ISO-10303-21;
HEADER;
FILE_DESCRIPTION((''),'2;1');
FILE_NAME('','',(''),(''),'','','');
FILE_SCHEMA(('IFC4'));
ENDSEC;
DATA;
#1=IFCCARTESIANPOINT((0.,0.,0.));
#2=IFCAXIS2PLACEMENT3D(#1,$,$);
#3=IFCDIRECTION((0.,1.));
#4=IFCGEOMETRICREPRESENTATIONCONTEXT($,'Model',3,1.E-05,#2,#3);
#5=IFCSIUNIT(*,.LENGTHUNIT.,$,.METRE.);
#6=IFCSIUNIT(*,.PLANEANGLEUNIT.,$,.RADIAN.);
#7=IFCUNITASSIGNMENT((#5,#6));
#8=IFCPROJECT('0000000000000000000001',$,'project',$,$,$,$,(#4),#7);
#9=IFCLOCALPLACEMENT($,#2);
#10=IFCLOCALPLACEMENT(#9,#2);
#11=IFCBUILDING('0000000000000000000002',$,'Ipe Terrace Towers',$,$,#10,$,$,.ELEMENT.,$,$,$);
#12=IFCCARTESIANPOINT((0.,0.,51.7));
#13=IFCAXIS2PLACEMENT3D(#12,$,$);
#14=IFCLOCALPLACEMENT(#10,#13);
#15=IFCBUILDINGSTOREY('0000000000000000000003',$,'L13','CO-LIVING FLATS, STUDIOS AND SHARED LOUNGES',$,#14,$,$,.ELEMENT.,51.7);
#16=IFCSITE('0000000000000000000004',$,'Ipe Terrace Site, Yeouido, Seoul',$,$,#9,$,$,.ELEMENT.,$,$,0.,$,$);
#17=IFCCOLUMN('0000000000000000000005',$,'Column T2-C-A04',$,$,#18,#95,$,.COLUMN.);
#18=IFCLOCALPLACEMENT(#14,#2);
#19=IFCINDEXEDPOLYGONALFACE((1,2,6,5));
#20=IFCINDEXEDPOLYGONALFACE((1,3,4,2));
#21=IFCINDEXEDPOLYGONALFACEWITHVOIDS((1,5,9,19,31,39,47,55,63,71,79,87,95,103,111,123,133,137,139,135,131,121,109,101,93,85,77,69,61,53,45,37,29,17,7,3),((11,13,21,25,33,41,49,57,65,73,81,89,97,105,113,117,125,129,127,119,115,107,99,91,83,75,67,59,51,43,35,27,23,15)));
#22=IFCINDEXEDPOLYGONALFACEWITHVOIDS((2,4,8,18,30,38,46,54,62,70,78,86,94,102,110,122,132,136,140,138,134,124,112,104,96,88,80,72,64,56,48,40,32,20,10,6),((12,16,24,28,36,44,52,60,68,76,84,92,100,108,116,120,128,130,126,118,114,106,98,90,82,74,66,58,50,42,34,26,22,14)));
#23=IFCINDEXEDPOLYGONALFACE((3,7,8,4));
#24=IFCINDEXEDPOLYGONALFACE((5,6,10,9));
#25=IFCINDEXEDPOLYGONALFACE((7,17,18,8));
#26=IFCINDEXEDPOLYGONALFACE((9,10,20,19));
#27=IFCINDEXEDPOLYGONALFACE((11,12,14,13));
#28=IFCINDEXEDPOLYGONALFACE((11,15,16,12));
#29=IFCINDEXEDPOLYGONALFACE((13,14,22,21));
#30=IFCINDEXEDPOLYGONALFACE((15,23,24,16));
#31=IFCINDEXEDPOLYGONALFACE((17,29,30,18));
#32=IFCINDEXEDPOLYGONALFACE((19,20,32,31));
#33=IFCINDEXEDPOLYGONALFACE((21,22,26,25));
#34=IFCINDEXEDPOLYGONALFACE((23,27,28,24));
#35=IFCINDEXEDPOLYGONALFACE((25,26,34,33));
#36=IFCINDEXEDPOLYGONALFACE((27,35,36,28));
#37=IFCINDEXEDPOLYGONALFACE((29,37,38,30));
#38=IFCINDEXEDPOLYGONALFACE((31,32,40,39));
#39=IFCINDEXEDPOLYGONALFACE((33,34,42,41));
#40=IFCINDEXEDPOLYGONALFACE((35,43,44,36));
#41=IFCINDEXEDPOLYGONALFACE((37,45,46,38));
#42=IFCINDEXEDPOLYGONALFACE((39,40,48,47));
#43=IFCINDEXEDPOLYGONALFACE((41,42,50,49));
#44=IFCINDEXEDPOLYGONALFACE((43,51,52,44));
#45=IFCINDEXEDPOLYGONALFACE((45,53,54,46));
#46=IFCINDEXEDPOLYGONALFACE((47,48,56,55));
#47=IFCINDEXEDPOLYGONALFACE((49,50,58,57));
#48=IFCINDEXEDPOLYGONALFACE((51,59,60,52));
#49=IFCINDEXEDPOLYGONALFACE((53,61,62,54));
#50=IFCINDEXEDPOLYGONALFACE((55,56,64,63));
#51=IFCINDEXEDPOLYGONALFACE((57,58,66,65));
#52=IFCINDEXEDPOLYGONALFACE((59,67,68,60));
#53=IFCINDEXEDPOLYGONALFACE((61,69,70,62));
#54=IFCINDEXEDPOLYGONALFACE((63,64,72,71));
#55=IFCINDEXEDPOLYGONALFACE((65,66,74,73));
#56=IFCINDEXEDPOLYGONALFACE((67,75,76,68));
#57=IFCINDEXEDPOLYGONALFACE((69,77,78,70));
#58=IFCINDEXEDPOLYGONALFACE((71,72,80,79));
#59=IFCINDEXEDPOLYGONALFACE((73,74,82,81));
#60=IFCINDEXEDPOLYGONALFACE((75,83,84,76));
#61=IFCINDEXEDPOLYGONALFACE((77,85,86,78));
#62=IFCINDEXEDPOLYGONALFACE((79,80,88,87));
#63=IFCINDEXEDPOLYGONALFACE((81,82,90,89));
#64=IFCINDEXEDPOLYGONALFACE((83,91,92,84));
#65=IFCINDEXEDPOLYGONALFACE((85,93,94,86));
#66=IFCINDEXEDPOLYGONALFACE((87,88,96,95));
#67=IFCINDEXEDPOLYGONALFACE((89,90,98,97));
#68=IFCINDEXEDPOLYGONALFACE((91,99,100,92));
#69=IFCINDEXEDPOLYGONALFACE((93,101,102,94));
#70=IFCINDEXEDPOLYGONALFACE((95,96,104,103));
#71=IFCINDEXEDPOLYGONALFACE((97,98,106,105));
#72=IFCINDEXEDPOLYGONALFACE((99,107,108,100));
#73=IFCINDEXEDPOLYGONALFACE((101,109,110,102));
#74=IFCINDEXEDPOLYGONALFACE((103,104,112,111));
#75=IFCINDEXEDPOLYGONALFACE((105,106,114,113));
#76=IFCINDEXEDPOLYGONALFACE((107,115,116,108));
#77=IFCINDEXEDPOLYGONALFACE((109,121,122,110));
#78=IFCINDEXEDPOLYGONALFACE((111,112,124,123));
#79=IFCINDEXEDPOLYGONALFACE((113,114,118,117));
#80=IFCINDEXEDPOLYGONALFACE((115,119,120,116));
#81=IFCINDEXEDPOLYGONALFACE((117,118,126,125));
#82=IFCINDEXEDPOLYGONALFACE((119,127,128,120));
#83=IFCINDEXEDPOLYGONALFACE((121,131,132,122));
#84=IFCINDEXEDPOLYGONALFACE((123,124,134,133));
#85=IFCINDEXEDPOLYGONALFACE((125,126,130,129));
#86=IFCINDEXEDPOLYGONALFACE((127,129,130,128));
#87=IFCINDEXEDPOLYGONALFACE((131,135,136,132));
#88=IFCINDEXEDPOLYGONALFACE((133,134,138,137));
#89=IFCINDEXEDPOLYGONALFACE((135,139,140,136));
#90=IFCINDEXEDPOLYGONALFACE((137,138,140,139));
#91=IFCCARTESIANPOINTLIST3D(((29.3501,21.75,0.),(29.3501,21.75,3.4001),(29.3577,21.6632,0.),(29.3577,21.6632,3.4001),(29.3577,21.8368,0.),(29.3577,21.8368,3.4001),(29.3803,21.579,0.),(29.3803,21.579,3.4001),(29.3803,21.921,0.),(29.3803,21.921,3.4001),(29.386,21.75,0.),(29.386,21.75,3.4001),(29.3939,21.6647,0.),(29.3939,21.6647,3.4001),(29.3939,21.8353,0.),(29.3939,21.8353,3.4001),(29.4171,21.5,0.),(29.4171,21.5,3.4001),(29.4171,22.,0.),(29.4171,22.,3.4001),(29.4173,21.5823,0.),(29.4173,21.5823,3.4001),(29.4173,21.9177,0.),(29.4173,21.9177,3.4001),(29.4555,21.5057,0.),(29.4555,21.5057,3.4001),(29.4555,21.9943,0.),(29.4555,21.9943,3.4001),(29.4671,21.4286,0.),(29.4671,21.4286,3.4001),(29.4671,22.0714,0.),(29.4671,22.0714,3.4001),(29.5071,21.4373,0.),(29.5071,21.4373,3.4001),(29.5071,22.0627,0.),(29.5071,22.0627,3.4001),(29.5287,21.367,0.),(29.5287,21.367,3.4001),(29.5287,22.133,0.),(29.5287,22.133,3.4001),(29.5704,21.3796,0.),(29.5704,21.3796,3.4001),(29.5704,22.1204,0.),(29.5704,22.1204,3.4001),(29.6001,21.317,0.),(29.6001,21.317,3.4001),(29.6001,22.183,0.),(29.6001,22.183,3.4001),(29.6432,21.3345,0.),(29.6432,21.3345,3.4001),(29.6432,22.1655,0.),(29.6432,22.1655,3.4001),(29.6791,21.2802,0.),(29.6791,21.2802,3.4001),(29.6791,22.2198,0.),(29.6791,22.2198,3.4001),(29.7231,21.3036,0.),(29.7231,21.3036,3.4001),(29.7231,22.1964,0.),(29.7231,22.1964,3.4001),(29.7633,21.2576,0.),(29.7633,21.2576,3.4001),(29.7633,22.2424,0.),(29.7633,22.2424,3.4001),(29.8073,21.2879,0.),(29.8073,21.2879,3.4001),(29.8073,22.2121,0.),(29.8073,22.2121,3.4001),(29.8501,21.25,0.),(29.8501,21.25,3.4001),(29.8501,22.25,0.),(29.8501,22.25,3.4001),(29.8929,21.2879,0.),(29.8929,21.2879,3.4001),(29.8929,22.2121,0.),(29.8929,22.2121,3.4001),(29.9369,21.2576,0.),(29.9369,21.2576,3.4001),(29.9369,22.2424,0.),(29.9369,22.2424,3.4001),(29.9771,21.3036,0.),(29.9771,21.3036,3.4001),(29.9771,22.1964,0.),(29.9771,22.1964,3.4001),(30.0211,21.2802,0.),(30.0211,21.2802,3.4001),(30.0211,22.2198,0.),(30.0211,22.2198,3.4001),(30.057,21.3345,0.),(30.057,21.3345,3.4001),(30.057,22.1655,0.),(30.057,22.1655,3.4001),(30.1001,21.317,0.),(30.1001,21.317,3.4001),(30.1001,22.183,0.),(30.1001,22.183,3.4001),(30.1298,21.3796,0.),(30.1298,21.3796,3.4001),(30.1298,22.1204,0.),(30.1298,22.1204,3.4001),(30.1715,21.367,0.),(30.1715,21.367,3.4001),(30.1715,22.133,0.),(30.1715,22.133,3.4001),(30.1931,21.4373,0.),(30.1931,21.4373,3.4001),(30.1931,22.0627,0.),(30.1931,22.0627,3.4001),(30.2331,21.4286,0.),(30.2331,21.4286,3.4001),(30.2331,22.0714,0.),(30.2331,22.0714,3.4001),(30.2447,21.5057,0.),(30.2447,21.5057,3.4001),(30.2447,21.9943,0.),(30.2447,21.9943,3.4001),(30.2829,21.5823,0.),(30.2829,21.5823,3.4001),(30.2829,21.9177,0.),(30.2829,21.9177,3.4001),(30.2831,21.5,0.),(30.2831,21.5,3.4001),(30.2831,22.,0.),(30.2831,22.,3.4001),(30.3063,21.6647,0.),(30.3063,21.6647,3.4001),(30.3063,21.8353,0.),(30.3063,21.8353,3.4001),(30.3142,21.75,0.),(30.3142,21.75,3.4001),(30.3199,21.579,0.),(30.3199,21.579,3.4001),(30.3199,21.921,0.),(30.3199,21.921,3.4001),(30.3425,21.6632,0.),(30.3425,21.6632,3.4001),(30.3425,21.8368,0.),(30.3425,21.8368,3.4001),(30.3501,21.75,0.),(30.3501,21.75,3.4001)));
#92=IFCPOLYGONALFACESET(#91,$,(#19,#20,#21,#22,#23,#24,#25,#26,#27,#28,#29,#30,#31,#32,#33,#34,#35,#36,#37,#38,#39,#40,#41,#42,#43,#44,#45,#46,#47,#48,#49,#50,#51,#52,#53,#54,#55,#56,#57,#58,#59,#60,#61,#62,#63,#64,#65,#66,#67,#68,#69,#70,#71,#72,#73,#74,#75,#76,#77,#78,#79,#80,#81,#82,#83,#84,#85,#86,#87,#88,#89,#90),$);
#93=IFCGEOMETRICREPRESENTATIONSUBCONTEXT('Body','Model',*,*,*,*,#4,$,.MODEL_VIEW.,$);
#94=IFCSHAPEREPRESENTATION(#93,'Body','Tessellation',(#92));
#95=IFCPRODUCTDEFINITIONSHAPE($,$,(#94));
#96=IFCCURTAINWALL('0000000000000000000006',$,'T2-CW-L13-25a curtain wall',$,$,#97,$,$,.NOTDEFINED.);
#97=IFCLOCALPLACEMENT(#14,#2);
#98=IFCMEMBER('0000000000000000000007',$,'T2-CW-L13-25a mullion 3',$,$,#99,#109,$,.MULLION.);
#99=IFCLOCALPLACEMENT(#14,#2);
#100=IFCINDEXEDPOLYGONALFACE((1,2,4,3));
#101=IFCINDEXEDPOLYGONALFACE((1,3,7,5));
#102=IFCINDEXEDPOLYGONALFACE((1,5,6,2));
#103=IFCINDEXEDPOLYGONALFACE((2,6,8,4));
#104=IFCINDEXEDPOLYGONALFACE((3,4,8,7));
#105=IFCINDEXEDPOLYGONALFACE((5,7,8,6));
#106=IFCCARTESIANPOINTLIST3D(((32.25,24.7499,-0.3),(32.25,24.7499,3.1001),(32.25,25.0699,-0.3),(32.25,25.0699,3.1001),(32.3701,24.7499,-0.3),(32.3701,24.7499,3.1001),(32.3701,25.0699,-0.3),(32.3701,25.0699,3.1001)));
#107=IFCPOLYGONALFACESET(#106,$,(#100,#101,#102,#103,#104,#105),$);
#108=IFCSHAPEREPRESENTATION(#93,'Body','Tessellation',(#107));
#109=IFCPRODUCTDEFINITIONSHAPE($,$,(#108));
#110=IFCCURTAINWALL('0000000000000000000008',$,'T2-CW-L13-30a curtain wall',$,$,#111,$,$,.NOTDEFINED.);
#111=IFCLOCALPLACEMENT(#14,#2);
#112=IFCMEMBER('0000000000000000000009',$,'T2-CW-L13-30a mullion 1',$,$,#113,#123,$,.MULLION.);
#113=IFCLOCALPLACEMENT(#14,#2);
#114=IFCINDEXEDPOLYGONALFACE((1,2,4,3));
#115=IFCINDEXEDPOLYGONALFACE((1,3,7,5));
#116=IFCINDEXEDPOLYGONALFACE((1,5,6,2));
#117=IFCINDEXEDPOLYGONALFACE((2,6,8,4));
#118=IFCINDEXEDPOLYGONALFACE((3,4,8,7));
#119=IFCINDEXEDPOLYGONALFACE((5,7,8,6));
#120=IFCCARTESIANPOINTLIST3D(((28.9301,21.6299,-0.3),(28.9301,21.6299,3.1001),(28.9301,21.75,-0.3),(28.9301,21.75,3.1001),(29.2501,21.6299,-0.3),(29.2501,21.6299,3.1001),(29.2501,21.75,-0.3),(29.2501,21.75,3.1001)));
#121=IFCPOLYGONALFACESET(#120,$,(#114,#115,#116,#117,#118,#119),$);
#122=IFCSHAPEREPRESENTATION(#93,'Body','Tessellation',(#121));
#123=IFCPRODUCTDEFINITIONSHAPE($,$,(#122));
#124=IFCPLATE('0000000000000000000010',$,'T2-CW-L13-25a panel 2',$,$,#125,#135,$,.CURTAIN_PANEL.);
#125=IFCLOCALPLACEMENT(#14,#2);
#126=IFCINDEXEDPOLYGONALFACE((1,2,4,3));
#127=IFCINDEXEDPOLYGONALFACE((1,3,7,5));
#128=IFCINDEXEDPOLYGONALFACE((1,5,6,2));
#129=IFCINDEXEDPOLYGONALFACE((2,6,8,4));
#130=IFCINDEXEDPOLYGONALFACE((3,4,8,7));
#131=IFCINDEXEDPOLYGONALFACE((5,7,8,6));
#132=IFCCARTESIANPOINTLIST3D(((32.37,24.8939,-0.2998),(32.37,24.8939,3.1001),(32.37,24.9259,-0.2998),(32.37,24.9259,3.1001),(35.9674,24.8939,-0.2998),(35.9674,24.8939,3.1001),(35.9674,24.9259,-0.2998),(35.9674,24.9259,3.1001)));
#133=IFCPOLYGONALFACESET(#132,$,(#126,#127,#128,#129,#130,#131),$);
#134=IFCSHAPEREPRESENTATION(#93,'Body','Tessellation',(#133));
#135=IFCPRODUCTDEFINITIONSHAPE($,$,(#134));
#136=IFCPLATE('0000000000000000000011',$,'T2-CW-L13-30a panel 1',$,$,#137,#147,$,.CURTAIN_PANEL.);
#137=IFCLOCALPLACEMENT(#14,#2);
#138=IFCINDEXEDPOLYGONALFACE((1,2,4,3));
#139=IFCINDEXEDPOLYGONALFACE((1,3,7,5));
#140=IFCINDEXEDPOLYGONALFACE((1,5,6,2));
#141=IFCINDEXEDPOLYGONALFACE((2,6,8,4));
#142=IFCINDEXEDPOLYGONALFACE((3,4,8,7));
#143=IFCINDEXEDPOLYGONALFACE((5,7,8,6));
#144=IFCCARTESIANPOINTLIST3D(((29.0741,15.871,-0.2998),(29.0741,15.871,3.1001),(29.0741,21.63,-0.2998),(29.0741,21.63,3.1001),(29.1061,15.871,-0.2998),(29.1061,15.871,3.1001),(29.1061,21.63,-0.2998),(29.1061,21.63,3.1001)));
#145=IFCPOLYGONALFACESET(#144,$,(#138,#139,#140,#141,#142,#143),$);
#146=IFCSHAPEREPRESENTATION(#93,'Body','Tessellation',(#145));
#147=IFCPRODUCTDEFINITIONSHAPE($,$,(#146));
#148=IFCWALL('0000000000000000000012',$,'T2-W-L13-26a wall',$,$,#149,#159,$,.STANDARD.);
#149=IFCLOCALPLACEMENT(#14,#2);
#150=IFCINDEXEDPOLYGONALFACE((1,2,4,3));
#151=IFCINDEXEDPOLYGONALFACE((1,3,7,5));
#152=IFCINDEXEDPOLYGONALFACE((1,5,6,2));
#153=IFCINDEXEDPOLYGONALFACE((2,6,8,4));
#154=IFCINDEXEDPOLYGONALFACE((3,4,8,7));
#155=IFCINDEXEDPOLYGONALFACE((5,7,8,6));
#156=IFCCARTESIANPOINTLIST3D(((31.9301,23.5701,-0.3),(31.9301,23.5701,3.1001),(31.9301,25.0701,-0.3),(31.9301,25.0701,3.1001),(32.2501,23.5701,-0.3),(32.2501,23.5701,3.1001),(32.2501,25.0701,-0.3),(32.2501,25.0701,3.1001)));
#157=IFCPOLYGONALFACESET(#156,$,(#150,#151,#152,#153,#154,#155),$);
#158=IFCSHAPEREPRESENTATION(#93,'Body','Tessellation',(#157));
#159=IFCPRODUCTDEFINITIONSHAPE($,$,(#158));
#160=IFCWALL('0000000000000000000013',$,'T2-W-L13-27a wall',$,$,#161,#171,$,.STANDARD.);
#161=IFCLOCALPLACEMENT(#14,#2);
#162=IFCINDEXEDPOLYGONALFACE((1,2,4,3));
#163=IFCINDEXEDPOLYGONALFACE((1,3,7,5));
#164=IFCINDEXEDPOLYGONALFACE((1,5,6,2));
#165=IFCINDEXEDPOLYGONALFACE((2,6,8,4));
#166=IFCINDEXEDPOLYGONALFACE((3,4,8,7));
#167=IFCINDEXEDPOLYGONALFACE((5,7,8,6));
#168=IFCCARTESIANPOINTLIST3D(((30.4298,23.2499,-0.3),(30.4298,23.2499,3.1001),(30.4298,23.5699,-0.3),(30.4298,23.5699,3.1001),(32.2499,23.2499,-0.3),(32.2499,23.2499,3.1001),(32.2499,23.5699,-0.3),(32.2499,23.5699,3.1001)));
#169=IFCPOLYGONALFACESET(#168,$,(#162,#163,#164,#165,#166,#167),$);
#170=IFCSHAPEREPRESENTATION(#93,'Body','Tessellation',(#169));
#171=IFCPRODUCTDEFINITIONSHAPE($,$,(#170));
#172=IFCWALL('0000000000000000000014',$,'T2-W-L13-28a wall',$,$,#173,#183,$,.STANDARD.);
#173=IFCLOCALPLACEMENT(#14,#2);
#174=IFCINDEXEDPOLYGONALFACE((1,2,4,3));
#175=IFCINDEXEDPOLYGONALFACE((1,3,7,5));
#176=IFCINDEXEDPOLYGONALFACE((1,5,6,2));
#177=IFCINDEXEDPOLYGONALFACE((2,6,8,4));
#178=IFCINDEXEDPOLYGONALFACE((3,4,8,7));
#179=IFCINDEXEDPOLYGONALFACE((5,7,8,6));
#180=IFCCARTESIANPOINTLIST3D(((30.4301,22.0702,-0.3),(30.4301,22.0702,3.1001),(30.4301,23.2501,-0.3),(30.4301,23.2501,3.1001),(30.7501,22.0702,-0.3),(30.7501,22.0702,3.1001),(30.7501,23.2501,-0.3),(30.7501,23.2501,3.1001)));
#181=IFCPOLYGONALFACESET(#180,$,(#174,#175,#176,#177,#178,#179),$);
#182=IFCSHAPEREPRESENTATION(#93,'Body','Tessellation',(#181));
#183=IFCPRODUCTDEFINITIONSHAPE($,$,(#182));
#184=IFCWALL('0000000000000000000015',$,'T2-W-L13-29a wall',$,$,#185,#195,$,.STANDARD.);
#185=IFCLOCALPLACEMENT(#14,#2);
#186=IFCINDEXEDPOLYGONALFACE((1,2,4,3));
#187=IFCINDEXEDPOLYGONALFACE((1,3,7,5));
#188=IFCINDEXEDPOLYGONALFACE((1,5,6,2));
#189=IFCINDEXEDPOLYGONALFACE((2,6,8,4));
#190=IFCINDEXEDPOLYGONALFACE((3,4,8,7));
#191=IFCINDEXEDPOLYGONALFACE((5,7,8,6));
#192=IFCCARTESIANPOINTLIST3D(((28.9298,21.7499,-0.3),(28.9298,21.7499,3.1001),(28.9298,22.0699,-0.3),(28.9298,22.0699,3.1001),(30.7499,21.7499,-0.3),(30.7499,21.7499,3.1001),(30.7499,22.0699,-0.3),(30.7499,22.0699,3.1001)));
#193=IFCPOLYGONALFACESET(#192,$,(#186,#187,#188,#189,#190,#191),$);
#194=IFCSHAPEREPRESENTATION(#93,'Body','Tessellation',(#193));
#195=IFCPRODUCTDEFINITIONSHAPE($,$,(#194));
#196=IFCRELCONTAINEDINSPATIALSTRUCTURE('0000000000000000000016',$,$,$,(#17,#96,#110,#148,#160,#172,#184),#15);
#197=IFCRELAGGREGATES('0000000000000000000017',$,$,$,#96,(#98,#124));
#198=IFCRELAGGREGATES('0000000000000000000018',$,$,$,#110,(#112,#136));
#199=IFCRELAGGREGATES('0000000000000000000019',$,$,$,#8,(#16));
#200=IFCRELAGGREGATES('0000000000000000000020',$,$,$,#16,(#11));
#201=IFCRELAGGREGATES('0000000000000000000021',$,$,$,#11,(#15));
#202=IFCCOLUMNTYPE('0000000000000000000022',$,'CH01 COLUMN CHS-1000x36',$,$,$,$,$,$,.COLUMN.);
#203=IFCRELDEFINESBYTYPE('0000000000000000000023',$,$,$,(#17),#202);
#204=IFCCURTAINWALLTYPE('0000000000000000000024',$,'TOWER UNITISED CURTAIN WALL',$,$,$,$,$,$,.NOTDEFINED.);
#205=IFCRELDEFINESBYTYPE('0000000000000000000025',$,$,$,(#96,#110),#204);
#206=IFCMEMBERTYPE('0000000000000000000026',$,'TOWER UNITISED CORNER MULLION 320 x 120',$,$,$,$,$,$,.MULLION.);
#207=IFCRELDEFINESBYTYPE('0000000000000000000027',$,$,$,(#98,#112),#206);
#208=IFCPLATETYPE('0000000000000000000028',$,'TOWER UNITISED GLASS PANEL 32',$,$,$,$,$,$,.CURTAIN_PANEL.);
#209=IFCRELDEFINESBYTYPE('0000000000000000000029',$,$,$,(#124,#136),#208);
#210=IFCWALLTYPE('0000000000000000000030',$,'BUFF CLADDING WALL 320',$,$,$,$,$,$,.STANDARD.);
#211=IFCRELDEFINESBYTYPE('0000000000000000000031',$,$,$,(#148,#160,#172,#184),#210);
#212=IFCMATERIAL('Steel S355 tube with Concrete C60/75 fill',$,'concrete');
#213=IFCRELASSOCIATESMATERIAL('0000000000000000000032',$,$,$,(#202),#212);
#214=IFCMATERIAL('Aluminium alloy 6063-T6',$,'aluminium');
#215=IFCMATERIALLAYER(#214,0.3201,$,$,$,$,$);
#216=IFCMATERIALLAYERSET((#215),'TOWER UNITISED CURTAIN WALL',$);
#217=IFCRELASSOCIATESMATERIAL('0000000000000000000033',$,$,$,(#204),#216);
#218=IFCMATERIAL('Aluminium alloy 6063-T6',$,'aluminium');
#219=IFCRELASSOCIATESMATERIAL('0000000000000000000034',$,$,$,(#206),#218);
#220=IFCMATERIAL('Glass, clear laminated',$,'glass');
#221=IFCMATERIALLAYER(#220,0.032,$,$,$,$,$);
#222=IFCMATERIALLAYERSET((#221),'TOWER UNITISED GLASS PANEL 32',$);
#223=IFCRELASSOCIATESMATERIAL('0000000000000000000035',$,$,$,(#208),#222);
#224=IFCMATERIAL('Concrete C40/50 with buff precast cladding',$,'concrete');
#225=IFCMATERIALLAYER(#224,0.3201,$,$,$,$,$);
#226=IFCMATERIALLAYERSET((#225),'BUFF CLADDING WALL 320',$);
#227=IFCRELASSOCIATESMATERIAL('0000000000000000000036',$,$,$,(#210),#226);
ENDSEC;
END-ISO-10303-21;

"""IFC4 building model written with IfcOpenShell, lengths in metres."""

from ifc_helpers import new_model, si_unit, direction, frame, frame_2d, origin, origin_2d, place, context, subcontext, project, spatial, rectangle, hollow_circle, extrude, material, layer, layer_set, material_profile, profile_set, type_object, element, aggregate, save


model = new_model("IFC4")

# Units and contexts
model_context = context("Model", 3, precision=1e-05, world=origin(), true_north=direction((0.0, 1.0)))
body_context = subcontext(model_context, "Body", "Model", "MODEL_VIEW")
ifc_project = project(units=[si_unit("LENGTHUNIT", "METRE"), si_unit("PLANEANGLEUNIT", "RADIAN")], contexts=[model_context])

# Site, building, storey
site_placement = place(None, origin())
site = spatial("IfcSite", under=ifc_project, at=site_placement, Name="Ipe Terrace Site, Yeouido, Seoul", CompositionType="ELEMENT", RefElevation=0.0)
building_placement = place(site_placement, origin())
building = spatial("IfcBuilding", under=site, at=building_placement, Name="Ipe Terrace Towers", CompositionType="ELEMENT")
storey_placement = place(building_placement, frame((0.0, 0.0, 51.7)))
storey = spatial("IfcBuildingStorey", under=building, at=storey_placement, Name="L13", Description="CO-LIVING FLATS, STUDIOS AND SHARED LOUNGES", CompositionType="ELEMENT", Elevation=51.7)

# Column
ifc_material_1 = material(Name="Steel S355 tube with Concrete C60/75 fill", Category="concrete")
ifc_material_profile_1 = material_profile(ifc_material_1, hollow_circle(Radius=0.5, WallThickness=0.0359, at=origin_2d()), Name="CHS-1000x36")
ifc_profile_set_1 = profile_set([ifc_material_profile_1], Name="Steel S355 tube with Concrete C60/75 fill")
column_type = type_object("IfcColumnType", Name="CH01 COLUMN CHS-1000x36", PredefinedType="COLUMN", material=ifc_profile_set_1)
column_placement = place(storey_placement, frame((29.8501, 21.75, 0.0), z_axis=(0.0, 0.0, 1.0), x_axis=(1.0, 0.0, 0.0)))
element("IfcColumn", 1, at=column_placement, inside=storey, type_object=column_type, Name="Column T2-C-A04", PredefinedType="COLUMN", context=body_context, shape_type="SweptSolid", body=[
    extrude(hollow_circle(Radius=0.5, WallThickness=0.0359, at=origin_2d()), origin(), (0.0, 0.0, 1.0), 3.4001),
])

# Curtain walls, members
ifc_material_2 = material(Name="Aluminium alloy 6063-T6", Category="aluminium")
ifc_layer_1 = layer(ifc_material_2, 0.3201)
ifc_layer_set_1 = layer_set([ifc_layer_1], Name="TOWER UNITISED CURTAIN WALL")
curtain_wall_type = type_object("IfcCurtainWallType", Name="TOWER UNITISED CURTAIN WALL", PredefinedType="NOTDEFINED", material=ifc_layer_set_1)
curtain_wall_1_placement = place(storey_placement, origin())
curtain_wall_1 = element("IfcCurtainWall", 2, at=curtain_wall_1_placement, inside=storey, type_object=curtain_wall_type, Name="T2-CW-L13-25a curtain wall", PredefinedType="NOTDEFINED")
ifc_material_3 = material(Name="Aluminium alloy 6063-T6", Category="aluminium")
ifc_material_profile_2 = material_profile(ifc_material_3, rectangle(XDim=0.3201, YDim=0.1201, at=origin_2d()), Name="TOWER UNITISED CORNER MULLION 320 x 120")
ifc_profile_set_2 = profile_set([ifc_material_profile_2], Name="Aluminium alloy 6063-T6")
member_type = type_object("IfcMemberType", Name="TOWER UNITISED CORNER MULLION 320 x 120", PredefinedType="MULLION", material=ifc_profile_set_2)
member_1_placement = place(storey_placement, frame((32.3101, 24.9099, -0.3), z_axis=(0.0, 0.0, 1.0), x_axis=(0.0, 1.0, 0.0)))
member_1 = element("IfcMember", 3, at=member_1_placement, type_object=member_type, Name="T2-CW-L13-25a mullion 3", PredefinedType="MULLION", context=body_context, shape_type="SweptSolid", body=[
    extrude(rectangle(XDim=0.3201, YDim=0.1201, at=origin_2d()), origin(), (0.0, 0.0, 1.0), 3.4001),
])
curtain_wall_2_placement = place(storey_placement, origin())
curtain_wall_2 = element("IfcCurtainWall", 4, at=curtain_wall_2_placement, inside=storey, type_object=curtain_wall_type, Name="T2-CW-L13-30a curtain wall", PredefinedType="NOTDEFINED")
member_2_placement = place(storey_placement, frame((29.0901, 21.6899, -0.3), z_axis=(0.0, 0.0, 1.0), x_axis=(-1.0, 0.0, 0.0)))
member_2 = element("IfcMember", 5, at=member_2_placement, type_object=member_type, Name="T2-CW-L13-30a mullion 1", PredefinedType="MULLION", context=body_context, shape_type="SweptSolid", body=[
    extrude(rectangle(XDim=0.3201, YDim=0.1201, at=origin_2d()), origin(), (0.0, 0.0, 1.0), 3.4001),
])

# Plates
ifc_material_4 = material(Name="Glass, clear laminated", Category="glass")
ifc_layer_2 = layer(ifc_material_4, 0.032)
ifc_layer_set_2 = layer_set([ifc_layer_2], Name="TOWER UNITISED GLASS PANEL 32")
plate_type = type_object("IfcPlateType", Name="TOWER UNITISED GLASS PANEL 32", PredefinedType="CURTAIN_PANEL", material=ifc_layer_set_2)
plate_1_placement = place(storey_placement, frame((34.1687, 24.9099, -0.2998), z_axis=(0.0, 0.0, 1.0), x_axis=(-1.0, 0.0, 0.0)))
plate_1 = element("IfcPlate", 6, at=plate_1_placement, type_object=plate_type, Name="T2-CW-L13-25a panel 2", PredefinedType="CURTAIN_PANEL", context=body_context, shape_type="SweptSolid", body=[
    extrude(rectangle(XDim=3.5974, YDim=0.032, at=origin_2d()), origin(), (0.0, 0.0, 1.0), 3.3999),
])
aggregate(curtain_wall_1, [member_1, plate_1])
plate_2_placement = place(storey_placement, frame((29.0901, 18.7505, -0.2998), z_axis=(0.0, 0.0, 1.0), x_axis=(0.0, -1.0, 0.0)))
plate_2 = element("IfcPlate", 7, at=plate_2_placement, type_object=plate_type, Name="T2-CW-L13-30a panel 1", PredefinedType="CURTAIN_PANEL", context=body_context, shape_type="SweptSolid", body=[
    extrude(rectangle(XDim=5.759, YDim=0.032, at=origin_2d()), origin(), (0.0, 0.0, 1.0), 3.3999),
])
aggregate(curtain_wall_2, [member_2, plate_2])

# Walls
ifc_material_5 = material(Name="Concrete C40/50 with buff precast cladding", Category="concrete")
ifc_layer_3 = layer(ifc_material_5, 0.3201)
ifc_layer_set_3 = layer_set([ifc_layer_3], Name="BUFF CLADDING WALL 320")
wall_type_1 = type_object("IfcWallType", Name="BUFF CLADDING WALL 320", PredefinedType="STANDARD", material=ifc_layer_set_3)
wall_1_placement = place(storey_placement, frame((32.0901, 25.0701, -0.3), z_axis=(0.0, 0.0, 1.0), x_axis=(0.0, -1.0, 0.0)))
element("IfcWall", 8, at=wall_1_placement, inside=storey, type_object=wall_type_1, Name="T2-W-L13-26a wall", PredefinedType="STANDARD", context=body_context, shape_type="SweptSolid", body=[
    extrude(rectangle(XDim=1.5, YDim=0.3201, at=frame_2d((0.75, 0.0))), origin(), (0.0, 0.0, 1.0), 3.4001),
])
wall_2_placement = place(storey_placement, frame((32.25, 23.4099, -0.3), z_axis=(0.0, 0.0, 1.0), x_axis=(-1.0, 0.0, 0.0)))
element("IfcWall", 9, at=wall_2_placement, inside=storey, type_object=wall_type_1, Name="T2-W-L13-27a wall", PredefinedType="STANDARD", context=body_context, shape_type="SweptSolid", body=[
    extrude(rectangle(XDim=1.8201, YDim=0.3201, at=frame_2d((0.9102, 0.0))), origin(), (0.0, 0.0, 1.0), 3.4001),
])
wall_3_placement = place(storey_placement, frame((30.5901, 23.25, -0.3), z_axis=(0.0, 0.0, 1.0), x_axis=(0.0, -1.0, 0.0)))
element("IfcWall", 10, at=wall_3_placement, inside=storey, type_object=wall_type_1, Name="T2-W-L13-28a wall", PredefinedType="STANDARD", context=body_context, shape_type="SweptSolid", body=[
    extrude(rectangle(XDim=1.1799, YDim=0.3201, at=frame_2d((0.5898, 0.0))), origin(), (0.0, 0.0, 1.0), 3.4001),
])
wall_4_placement = place(storey_placement, frame((30.75, 21.9099, -0.3), z_axis=(0.0, 0.0, 1.0), x_axis=(-1.0, 0.0, 0.0)))
element("IfcWall", 11, at=wall_4_placement, inside=storey, type_object=wall_type_1, Name="T2-W-L13-29a wall", PredefinedType="STANDARD", context=body_context, shape_type="SweptSolid", body=[
    extrude(rectangle(XDim=1.8201, YDim=0.3201, at=frame_2d((0.9102, 0.0))), origin(), (0.0, 0.0, 1.0), 3.4001),
])

save(model, "model.ifc")
